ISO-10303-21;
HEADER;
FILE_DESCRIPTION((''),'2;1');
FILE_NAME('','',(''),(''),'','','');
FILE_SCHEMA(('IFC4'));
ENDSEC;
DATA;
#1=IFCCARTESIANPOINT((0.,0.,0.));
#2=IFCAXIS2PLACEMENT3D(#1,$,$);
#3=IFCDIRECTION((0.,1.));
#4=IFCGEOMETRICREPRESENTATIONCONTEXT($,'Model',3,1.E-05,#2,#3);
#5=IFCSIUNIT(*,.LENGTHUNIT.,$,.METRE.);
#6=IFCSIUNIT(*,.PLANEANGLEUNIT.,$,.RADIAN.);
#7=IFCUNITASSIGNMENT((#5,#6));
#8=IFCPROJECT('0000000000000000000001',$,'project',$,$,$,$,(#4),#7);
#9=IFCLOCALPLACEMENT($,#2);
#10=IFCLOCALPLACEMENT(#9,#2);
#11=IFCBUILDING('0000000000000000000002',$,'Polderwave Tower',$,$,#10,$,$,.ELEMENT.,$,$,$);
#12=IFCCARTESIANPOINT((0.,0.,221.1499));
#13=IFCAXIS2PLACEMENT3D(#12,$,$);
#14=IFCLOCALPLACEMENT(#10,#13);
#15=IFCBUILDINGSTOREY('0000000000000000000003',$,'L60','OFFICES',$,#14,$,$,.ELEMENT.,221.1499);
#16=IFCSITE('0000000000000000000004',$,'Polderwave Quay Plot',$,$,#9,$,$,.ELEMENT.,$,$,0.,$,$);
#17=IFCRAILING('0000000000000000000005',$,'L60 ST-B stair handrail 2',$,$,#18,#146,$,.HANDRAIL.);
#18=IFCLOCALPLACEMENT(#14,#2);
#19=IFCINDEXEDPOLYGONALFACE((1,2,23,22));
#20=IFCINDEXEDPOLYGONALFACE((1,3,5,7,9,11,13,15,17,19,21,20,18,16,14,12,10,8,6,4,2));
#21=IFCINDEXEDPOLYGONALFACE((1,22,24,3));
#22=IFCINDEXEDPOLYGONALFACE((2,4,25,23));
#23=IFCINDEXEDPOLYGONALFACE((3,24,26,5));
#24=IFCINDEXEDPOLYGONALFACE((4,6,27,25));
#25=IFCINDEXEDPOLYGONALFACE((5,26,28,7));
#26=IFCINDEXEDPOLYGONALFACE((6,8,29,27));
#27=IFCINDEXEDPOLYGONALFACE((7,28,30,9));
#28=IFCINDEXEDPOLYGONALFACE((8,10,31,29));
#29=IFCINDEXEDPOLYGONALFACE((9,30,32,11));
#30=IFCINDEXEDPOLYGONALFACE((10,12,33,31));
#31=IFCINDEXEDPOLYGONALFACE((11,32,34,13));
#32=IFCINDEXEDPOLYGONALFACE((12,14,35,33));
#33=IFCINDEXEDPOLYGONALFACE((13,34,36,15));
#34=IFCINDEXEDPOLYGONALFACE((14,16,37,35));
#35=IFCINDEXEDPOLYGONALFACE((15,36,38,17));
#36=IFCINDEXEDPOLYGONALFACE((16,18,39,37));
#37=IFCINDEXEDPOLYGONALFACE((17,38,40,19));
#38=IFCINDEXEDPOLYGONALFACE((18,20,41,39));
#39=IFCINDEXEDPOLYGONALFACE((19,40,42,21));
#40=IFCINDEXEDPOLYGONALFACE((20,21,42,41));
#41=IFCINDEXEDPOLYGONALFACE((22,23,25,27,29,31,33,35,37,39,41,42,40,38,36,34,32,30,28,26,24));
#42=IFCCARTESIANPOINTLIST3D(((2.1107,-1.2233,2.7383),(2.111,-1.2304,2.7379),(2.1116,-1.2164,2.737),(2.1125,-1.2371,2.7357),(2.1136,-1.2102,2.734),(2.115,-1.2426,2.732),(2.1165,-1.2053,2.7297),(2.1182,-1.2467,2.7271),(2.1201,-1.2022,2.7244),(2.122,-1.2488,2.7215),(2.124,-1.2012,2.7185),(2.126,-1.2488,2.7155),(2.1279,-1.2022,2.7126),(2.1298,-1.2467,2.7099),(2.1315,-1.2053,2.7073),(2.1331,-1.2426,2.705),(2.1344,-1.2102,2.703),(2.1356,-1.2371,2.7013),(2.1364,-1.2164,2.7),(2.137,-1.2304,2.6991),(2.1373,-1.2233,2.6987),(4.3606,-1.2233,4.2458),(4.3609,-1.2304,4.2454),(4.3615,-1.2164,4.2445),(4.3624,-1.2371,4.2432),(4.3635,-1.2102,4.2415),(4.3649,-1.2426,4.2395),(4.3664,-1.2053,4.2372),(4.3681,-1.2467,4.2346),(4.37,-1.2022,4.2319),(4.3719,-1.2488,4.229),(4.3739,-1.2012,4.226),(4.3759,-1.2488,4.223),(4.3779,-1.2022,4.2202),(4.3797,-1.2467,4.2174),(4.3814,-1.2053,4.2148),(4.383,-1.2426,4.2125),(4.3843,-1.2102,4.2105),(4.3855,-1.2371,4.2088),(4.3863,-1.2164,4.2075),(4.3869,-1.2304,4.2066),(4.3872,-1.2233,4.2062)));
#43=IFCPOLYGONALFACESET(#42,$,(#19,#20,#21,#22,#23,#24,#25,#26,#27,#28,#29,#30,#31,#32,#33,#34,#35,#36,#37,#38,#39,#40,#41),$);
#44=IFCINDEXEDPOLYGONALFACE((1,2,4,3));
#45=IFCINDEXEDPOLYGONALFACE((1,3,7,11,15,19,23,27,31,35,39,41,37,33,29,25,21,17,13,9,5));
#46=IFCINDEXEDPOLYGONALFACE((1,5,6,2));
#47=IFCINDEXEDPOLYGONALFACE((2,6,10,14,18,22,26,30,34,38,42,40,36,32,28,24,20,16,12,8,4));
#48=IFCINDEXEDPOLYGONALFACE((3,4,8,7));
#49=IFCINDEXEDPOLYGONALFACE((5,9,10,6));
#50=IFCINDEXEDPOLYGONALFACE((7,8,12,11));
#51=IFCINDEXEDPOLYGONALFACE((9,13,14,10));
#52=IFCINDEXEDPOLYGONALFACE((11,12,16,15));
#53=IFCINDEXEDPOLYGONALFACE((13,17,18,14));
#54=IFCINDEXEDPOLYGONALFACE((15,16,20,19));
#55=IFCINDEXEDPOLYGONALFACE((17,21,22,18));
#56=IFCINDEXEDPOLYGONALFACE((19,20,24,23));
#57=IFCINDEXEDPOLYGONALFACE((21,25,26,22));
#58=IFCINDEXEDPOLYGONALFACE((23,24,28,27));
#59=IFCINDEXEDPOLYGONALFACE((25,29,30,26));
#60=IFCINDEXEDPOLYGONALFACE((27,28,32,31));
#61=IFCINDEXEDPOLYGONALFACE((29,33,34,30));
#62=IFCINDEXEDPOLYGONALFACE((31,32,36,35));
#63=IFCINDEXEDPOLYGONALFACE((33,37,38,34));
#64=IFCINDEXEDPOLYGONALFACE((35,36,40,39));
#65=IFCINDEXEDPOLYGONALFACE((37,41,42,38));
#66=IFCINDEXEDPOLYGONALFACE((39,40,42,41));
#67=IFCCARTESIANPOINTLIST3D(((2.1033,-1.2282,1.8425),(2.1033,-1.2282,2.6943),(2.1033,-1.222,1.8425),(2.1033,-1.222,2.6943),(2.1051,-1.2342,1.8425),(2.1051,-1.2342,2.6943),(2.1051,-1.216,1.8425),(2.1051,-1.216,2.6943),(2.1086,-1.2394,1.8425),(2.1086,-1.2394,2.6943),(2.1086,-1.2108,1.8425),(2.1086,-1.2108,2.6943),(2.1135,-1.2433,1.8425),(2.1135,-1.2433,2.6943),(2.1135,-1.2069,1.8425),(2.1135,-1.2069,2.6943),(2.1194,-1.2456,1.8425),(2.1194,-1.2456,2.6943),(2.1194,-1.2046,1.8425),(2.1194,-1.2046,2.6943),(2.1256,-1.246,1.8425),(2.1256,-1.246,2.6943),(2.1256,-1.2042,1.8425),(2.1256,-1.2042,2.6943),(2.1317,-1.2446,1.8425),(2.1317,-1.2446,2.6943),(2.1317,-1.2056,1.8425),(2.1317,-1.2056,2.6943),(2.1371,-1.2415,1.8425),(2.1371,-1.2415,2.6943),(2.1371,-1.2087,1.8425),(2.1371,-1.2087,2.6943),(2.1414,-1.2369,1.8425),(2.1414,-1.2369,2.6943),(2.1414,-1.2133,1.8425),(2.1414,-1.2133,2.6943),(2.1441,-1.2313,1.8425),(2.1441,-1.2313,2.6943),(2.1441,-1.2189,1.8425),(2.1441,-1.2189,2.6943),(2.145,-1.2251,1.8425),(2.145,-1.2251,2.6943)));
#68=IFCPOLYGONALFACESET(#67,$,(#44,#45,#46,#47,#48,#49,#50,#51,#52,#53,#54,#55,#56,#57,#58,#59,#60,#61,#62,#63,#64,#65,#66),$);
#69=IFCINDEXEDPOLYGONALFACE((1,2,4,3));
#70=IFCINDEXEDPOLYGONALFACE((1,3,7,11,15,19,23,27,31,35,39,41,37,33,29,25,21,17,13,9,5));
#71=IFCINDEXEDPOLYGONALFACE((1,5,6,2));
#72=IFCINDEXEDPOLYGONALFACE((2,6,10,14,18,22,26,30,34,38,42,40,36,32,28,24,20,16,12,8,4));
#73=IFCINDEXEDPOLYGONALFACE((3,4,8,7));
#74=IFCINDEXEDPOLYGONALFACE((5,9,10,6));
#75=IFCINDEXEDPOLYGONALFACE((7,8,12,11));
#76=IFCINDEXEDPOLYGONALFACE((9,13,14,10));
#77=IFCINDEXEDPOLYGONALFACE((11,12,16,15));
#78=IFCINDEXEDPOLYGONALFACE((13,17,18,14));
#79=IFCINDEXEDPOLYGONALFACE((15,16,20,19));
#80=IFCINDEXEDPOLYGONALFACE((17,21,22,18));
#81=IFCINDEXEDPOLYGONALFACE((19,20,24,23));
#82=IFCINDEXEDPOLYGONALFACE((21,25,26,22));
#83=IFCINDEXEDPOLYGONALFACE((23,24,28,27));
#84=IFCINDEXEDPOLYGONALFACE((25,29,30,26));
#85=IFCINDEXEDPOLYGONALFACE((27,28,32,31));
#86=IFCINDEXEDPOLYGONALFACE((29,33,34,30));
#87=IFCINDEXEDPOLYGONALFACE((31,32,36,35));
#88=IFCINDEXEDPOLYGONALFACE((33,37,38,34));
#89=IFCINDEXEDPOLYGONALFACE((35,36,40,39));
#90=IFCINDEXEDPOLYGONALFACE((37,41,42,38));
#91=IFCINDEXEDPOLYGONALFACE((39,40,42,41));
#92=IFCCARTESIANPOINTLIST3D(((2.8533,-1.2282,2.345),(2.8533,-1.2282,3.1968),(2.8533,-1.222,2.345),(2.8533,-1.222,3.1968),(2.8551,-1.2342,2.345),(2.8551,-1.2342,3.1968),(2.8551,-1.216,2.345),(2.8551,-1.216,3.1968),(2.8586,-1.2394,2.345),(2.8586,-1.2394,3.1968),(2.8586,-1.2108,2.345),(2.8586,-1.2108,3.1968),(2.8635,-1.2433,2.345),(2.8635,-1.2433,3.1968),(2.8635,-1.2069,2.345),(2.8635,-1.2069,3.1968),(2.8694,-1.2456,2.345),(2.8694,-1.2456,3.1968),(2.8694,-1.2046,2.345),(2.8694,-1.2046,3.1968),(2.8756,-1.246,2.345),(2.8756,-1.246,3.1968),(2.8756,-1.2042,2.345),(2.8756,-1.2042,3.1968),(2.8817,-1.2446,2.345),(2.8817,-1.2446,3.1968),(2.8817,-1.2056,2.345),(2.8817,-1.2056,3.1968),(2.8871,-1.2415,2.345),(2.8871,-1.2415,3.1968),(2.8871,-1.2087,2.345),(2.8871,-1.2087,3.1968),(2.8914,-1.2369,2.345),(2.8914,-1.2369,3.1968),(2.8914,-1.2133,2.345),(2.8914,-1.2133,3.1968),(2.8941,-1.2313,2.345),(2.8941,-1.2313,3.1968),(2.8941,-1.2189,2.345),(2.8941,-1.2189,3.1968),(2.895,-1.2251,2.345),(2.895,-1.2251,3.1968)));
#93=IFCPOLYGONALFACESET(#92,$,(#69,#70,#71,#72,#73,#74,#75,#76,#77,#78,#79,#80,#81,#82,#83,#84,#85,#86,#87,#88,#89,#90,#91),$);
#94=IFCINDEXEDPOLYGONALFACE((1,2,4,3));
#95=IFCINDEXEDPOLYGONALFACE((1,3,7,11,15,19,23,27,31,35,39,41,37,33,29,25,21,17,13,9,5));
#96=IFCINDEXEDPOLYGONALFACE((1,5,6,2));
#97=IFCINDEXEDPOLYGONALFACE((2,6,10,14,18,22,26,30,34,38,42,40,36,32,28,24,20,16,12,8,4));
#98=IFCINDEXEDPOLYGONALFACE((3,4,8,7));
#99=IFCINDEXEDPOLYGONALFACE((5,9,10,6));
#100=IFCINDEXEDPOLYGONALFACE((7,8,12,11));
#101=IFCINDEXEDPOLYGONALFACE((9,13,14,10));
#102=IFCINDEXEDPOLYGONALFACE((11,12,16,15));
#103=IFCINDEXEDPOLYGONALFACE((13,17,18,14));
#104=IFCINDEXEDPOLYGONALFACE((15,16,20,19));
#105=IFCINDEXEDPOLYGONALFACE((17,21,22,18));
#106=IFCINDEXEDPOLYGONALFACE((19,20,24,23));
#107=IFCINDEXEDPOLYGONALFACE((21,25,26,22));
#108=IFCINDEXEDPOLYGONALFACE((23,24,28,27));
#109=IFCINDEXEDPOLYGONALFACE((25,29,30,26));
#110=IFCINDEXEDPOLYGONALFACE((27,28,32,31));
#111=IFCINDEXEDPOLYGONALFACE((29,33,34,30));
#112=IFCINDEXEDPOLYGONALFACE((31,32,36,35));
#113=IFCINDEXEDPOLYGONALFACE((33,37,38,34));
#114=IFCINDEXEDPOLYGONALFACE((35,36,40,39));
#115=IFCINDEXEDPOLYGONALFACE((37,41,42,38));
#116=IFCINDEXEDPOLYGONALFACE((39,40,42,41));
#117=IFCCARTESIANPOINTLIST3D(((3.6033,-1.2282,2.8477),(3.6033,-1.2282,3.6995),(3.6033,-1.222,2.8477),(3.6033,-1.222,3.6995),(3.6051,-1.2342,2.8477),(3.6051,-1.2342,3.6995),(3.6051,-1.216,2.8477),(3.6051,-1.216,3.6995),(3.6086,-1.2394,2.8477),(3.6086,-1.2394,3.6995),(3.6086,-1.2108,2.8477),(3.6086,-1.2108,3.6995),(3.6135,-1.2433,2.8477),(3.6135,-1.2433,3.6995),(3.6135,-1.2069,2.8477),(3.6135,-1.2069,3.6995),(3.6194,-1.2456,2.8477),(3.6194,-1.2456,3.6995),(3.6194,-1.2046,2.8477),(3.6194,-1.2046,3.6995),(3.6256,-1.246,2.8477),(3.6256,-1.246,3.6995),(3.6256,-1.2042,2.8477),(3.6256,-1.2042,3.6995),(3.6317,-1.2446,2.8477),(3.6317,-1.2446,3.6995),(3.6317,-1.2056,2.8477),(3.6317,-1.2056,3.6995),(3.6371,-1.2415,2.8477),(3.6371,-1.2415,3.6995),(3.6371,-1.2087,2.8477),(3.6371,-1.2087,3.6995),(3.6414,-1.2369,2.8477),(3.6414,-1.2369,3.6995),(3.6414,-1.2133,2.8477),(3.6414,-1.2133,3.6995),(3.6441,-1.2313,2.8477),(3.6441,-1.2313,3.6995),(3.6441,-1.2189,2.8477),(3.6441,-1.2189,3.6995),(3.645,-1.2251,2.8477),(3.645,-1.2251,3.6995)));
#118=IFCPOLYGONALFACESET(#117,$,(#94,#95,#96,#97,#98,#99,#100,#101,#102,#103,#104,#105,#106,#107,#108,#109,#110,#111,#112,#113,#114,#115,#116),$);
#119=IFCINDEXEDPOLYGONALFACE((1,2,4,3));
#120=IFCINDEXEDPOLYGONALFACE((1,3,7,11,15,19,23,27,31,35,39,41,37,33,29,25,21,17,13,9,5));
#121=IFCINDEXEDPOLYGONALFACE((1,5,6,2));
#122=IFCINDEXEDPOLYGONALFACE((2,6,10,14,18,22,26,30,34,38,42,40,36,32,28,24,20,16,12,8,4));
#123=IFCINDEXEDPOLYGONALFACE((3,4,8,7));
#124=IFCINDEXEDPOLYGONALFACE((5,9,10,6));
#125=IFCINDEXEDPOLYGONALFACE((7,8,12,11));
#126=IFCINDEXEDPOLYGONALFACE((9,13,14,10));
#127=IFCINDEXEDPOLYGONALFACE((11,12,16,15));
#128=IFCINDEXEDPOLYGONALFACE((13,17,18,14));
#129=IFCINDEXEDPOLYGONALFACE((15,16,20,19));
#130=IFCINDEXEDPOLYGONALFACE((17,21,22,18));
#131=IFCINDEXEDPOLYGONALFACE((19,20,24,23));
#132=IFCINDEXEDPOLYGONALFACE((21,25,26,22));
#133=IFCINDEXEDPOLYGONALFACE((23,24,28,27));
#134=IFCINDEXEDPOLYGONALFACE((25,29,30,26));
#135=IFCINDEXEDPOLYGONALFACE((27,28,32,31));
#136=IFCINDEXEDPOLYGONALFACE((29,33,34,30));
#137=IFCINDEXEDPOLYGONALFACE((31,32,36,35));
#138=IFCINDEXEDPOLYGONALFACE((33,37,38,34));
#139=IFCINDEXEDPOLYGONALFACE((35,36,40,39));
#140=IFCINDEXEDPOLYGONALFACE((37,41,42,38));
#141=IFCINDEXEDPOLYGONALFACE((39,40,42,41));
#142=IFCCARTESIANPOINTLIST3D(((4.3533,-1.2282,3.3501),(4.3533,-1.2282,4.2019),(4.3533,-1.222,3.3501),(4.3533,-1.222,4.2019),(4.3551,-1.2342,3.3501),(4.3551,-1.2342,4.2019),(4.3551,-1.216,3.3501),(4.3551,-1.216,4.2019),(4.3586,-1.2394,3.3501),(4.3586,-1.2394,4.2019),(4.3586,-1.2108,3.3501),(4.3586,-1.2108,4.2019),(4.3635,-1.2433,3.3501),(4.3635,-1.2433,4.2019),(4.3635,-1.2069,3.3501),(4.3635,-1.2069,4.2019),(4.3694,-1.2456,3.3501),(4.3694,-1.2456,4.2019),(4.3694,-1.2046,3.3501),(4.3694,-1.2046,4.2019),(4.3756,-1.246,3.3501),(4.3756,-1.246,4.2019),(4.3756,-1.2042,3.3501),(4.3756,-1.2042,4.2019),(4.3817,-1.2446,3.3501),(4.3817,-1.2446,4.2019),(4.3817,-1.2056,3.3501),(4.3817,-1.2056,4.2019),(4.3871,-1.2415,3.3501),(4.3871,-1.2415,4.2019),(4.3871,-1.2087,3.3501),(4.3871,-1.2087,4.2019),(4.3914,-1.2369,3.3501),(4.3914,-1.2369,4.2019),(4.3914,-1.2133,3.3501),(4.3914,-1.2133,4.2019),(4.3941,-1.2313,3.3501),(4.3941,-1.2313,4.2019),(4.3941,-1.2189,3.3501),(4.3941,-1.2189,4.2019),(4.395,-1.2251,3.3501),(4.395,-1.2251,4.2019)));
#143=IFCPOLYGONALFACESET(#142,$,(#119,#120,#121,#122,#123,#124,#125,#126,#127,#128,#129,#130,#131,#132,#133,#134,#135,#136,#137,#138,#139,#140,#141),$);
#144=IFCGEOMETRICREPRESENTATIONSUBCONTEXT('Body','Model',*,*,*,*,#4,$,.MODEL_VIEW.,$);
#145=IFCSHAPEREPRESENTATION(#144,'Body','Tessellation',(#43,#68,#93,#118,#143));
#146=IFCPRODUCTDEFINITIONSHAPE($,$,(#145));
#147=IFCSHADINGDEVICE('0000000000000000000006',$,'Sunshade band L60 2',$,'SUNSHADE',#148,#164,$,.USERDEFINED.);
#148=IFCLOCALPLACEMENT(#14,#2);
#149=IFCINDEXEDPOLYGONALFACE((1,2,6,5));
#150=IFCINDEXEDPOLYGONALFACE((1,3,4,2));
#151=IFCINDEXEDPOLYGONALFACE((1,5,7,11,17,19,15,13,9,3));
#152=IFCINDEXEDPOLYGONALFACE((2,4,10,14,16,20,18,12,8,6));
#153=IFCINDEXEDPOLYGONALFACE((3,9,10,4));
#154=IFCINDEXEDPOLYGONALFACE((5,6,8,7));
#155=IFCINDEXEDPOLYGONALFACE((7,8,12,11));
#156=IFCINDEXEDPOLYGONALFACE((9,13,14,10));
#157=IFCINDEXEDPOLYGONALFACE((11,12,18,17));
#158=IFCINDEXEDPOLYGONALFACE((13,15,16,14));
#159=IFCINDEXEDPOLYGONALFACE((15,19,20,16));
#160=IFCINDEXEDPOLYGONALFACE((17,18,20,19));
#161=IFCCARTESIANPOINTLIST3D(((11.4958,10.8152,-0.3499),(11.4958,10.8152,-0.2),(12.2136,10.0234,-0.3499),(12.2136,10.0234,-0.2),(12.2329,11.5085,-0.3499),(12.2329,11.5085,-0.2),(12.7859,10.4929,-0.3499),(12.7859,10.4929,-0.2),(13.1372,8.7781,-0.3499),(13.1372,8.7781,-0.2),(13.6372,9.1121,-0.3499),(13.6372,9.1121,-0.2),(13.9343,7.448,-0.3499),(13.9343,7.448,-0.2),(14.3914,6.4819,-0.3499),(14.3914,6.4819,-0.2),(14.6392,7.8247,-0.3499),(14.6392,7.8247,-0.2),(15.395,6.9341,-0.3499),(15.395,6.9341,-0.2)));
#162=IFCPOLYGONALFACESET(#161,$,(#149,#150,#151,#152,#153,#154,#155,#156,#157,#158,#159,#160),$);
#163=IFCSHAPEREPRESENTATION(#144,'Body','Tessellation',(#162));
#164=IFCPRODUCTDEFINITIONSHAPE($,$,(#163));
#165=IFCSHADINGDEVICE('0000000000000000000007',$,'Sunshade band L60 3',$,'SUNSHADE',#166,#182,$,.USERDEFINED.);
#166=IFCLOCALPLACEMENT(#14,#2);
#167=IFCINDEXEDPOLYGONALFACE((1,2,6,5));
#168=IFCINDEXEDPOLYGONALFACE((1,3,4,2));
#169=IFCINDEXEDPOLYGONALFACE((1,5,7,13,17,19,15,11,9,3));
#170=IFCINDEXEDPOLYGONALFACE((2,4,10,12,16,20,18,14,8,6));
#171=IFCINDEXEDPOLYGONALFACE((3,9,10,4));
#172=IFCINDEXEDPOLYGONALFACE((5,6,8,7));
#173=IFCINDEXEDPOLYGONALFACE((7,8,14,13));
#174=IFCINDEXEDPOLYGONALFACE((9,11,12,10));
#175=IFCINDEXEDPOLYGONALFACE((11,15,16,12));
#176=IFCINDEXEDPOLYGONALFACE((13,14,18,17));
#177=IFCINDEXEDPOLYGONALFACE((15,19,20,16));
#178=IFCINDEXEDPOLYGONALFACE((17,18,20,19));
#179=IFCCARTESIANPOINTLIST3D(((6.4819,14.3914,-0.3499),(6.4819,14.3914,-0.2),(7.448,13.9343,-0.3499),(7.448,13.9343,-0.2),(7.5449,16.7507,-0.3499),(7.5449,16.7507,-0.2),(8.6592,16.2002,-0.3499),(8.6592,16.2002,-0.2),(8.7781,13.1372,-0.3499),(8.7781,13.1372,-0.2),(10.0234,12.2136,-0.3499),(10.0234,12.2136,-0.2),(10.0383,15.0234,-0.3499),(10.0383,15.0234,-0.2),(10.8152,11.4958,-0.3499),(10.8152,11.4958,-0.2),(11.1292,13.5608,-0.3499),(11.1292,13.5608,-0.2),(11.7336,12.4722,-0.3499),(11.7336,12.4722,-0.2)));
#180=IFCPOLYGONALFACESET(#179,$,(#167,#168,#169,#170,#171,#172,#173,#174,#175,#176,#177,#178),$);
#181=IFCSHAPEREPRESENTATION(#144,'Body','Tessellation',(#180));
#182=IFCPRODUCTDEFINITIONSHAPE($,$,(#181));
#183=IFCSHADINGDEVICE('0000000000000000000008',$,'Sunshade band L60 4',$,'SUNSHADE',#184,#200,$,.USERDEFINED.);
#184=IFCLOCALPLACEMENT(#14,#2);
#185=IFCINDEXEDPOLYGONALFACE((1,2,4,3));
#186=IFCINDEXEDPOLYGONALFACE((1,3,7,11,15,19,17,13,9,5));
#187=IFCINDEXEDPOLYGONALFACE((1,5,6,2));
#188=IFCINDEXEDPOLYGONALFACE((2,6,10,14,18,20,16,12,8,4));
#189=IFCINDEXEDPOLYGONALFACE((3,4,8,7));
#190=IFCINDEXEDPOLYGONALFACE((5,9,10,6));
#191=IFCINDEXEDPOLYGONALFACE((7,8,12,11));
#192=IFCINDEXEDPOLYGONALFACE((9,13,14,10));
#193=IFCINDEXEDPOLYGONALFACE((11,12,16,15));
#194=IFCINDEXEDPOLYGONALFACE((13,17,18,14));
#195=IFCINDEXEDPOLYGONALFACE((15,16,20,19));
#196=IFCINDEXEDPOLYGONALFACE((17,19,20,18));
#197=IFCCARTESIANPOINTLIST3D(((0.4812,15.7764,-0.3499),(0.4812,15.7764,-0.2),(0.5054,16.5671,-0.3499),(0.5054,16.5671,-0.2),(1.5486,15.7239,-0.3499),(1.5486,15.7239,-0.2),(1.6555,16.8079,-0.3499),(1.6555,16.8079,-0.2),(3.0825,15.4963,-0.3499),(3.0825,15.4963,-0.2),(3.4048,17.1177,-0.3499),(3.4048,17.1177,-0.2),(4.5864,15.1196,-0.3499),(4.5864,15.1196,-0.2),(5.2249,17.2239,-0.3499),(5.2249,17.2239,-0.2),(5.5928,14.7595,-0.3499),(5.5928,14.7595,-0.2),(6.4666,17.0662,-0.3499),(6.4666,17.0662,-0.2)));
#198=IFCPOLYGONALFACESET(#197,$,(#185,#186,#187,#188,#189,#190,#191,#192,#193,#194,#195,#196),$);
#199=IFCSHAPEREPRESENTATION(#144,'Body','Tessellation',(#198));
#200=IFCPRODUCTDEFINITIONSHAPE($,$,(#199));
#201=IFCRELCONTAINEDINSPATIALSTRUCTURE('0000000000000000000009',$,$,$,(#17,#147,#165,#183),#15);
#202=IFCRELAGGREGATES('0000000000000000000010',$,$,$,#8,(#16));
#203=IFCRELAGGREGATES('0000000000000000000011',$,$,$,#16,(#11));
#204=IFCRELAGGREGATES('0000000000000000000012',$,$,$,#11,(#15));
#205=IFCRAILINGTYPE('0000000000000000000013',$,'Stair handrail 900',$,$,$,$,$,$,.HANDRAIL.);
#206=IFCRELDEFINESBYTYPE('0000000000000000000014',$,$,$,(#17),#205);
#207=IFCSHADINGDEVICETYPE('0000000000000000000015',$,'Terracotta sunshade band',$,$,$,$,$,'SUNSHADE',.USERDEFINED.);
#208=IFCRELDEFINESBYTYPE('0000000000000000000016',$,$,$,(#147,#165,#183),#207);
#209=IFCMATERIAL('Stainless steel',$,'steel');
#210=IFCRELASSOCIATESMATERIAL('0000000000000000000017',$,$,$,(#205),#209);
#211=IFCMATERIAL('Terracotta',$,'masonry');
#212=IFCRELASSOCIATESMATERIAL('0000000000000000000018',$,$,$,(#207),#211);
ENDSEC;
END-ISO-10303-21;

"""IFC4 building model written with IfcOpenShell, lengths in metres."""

from ifc_helpers import new_model, si_unit, direction, frame, origin, origin_2d, place, context, subcontext, project, spatial, polyline, circle, outline, extrude, material, type_object, element, save


model = new_model("IFC4")

# Units and contexts
model_context = context("Model", 3, precision=1e-05, world=origin(), true_north=direction((0.0, 1.0)))
body_context = subcontext(model_context, "Body", "Model", "MODEL_VIEW")
ifc_project = project(units=[si_unit("LENGTHUNIT", "METRE"), si_unit("PLANEANGLEUNIT", "RADIAN")], contexts=[model_context])

# Site, building, storey
site_placement = place(None, origin())
site = spatial("IfcSite", under=ifc_project, at=site_placement, Name="Polderwave Quay Plot", CompositionType="ELEMENT", RefElevation=0.0)
building_placement = place(site_placement, origin())
building = spatial("IfcBuilding", under=site, at=building_placement, Name="Polderwave Tower", CompositionType="ELEMENT")
storey_placement = place(building_placement, frame((0.0, 0.0, 221.1499)))
storey = spatial("IfcBuildingStorey", under=building, at=storey_placement, Name="L60", Description="OFFICES", CompositionType="ELEMENT", Elevation=221.1499)

# Railing
ifc_material_1 = material(Name="Stainless steel", Category="steel")
railing_type_1 = type_object("IfcRailingType", Name="Stair handrail 900", PredefinedType="HANDRAIL", material=ifc_material_1)
railing_1_placement = place(storey_placement, frame((2.124, -1.2251, 1.8425)))
element("IfcRailing", 1, at=railing_1_placement, inside=storey, type_object=railing_type_1, Name="L60 ST-B stair handrail 2", PredefinedType="HANDRAIL", context=body_context, shape_type="SweptSolid", body=[
    extrude(circle(Radius=0.0239, at=origin_2d()), frame((0.0, 0.0, 0.876), z_axis=(0.830758, 0.0, 0.556633), x_axis=(0.0, 1.0, 0.0)), (0.0, 0.0, 1.0), 2.7083),
    extrude(circle(Radius=0.021, at=origin_2d()), origin(), (0.0, 0.0, 1.0), 0.8518),
    extrude(circle(Radius=0.021, at=origin_2d()), frame((0.75, 0.0, 0.5024)), (0.0, 0.0, 1.0), 0.8518),
    extrude(circle(Radius=0.021, at=origin_2d()), frame((1.5, 0.0, 1.0051)), (0.0, 0.0, 1.0), 0.8518),
    extrude(circle(Radius=0.021, at=origin_2d()), frame((2.25, 0.0, 1.5076)), (0.0, 0.0, 1.0), 0.8518),
])

# Shading devices
ifc_material_2 = material(Name="Terracotta", Category="masonry")
shading_device_type = type_object("IfcShadingDeviceType", Name="Terracotta sunshade band", ElementType="SUNSHADE", PredefinedType="USERDEFINED", material=ifc_material_2)
shading_device_1_placement = place(storey_placement, frame((0.0, 0.0, -0.3499)))
element("IfcShadingDevice", 2, at=shading_device_1_placement, inside=storey, type_object=shading_device_type, Name="Sunshade band L60 2", ObjectType="SUNSHADE", PredefinedType="USERDEFINED", context=body_context, shape_type="SweptSolid", body=[
    extrude(outline(polyline([(14.3914, 6.4819), (13.9343, 7.448), (13.1372, 8.7781), (12.2136, 10.0234), (11.4958, 10.8152), (12.2329, 11.5085), (12.7859, 10.4929), (13.6372, 9.1121), (14.6392, 7.8247), (15.395, 6.9341), (14.3914, 6.4819)])), origin(), (0.0, 0.0, 1.0), 0.1499),
])
shading_device_2_placement = place(storey_placement, frame((0.0, 0.0, -0.3499)))
element("IfcShadingDevice", 3, at=shading_device_2_placement, inside=storey, type_object=shading_device_type, Name="Sunshade band L60 3", ObjectType="SUNSHADE", PredefinedType="USERDEFINED", context=body_context, shape_type="SweptSolid", body=[
    extrude(outline(polyline([(10.8152, 11.4958), (10.0234, 12.2136), (8.7781, 13.1372), (7.448, 13.9343), (6.4819, 14.3914), (7.5449, 16.7507), (8.6592, 16.2002), (10.0383, 15.0234), (11.1292, 13.5608), (11.7336, 12.4722), (10.8152, 11.4958)])), origin(), (0.0, 0.0, 1.0), 0.1499),
])
shading_device_3_placement = place(storey_placement, frame((0.0, 0.0, -0.3499)))
element("IfcShadingDevice", 4, at=shading_device_3_placement, inside=storey, type_object=shading_device_type, Name="Sunshade band L60 4", ObjectType="SUNSHADE", PredefinedType="USERDEFINED", context=body_context, shape_type="SweptSolid", body=[
    extrude(outline(polyline([(5.5928, 14.7595), (4.5864, 15.1196), (3.0825, 15.4963), (1.5486, 15.7239), (0.4812, 15.7764), (0.5054, 16.5671), (1.6555, 16.8079), (3.4048, 17.1177), (5.2249, 17.2239), (6.4666, 17.0662), (5.5928, 14.7595)])), origin(), (0.0, 0.0, 1.0), 0.1499),
])

save(model, "model.ifc")
